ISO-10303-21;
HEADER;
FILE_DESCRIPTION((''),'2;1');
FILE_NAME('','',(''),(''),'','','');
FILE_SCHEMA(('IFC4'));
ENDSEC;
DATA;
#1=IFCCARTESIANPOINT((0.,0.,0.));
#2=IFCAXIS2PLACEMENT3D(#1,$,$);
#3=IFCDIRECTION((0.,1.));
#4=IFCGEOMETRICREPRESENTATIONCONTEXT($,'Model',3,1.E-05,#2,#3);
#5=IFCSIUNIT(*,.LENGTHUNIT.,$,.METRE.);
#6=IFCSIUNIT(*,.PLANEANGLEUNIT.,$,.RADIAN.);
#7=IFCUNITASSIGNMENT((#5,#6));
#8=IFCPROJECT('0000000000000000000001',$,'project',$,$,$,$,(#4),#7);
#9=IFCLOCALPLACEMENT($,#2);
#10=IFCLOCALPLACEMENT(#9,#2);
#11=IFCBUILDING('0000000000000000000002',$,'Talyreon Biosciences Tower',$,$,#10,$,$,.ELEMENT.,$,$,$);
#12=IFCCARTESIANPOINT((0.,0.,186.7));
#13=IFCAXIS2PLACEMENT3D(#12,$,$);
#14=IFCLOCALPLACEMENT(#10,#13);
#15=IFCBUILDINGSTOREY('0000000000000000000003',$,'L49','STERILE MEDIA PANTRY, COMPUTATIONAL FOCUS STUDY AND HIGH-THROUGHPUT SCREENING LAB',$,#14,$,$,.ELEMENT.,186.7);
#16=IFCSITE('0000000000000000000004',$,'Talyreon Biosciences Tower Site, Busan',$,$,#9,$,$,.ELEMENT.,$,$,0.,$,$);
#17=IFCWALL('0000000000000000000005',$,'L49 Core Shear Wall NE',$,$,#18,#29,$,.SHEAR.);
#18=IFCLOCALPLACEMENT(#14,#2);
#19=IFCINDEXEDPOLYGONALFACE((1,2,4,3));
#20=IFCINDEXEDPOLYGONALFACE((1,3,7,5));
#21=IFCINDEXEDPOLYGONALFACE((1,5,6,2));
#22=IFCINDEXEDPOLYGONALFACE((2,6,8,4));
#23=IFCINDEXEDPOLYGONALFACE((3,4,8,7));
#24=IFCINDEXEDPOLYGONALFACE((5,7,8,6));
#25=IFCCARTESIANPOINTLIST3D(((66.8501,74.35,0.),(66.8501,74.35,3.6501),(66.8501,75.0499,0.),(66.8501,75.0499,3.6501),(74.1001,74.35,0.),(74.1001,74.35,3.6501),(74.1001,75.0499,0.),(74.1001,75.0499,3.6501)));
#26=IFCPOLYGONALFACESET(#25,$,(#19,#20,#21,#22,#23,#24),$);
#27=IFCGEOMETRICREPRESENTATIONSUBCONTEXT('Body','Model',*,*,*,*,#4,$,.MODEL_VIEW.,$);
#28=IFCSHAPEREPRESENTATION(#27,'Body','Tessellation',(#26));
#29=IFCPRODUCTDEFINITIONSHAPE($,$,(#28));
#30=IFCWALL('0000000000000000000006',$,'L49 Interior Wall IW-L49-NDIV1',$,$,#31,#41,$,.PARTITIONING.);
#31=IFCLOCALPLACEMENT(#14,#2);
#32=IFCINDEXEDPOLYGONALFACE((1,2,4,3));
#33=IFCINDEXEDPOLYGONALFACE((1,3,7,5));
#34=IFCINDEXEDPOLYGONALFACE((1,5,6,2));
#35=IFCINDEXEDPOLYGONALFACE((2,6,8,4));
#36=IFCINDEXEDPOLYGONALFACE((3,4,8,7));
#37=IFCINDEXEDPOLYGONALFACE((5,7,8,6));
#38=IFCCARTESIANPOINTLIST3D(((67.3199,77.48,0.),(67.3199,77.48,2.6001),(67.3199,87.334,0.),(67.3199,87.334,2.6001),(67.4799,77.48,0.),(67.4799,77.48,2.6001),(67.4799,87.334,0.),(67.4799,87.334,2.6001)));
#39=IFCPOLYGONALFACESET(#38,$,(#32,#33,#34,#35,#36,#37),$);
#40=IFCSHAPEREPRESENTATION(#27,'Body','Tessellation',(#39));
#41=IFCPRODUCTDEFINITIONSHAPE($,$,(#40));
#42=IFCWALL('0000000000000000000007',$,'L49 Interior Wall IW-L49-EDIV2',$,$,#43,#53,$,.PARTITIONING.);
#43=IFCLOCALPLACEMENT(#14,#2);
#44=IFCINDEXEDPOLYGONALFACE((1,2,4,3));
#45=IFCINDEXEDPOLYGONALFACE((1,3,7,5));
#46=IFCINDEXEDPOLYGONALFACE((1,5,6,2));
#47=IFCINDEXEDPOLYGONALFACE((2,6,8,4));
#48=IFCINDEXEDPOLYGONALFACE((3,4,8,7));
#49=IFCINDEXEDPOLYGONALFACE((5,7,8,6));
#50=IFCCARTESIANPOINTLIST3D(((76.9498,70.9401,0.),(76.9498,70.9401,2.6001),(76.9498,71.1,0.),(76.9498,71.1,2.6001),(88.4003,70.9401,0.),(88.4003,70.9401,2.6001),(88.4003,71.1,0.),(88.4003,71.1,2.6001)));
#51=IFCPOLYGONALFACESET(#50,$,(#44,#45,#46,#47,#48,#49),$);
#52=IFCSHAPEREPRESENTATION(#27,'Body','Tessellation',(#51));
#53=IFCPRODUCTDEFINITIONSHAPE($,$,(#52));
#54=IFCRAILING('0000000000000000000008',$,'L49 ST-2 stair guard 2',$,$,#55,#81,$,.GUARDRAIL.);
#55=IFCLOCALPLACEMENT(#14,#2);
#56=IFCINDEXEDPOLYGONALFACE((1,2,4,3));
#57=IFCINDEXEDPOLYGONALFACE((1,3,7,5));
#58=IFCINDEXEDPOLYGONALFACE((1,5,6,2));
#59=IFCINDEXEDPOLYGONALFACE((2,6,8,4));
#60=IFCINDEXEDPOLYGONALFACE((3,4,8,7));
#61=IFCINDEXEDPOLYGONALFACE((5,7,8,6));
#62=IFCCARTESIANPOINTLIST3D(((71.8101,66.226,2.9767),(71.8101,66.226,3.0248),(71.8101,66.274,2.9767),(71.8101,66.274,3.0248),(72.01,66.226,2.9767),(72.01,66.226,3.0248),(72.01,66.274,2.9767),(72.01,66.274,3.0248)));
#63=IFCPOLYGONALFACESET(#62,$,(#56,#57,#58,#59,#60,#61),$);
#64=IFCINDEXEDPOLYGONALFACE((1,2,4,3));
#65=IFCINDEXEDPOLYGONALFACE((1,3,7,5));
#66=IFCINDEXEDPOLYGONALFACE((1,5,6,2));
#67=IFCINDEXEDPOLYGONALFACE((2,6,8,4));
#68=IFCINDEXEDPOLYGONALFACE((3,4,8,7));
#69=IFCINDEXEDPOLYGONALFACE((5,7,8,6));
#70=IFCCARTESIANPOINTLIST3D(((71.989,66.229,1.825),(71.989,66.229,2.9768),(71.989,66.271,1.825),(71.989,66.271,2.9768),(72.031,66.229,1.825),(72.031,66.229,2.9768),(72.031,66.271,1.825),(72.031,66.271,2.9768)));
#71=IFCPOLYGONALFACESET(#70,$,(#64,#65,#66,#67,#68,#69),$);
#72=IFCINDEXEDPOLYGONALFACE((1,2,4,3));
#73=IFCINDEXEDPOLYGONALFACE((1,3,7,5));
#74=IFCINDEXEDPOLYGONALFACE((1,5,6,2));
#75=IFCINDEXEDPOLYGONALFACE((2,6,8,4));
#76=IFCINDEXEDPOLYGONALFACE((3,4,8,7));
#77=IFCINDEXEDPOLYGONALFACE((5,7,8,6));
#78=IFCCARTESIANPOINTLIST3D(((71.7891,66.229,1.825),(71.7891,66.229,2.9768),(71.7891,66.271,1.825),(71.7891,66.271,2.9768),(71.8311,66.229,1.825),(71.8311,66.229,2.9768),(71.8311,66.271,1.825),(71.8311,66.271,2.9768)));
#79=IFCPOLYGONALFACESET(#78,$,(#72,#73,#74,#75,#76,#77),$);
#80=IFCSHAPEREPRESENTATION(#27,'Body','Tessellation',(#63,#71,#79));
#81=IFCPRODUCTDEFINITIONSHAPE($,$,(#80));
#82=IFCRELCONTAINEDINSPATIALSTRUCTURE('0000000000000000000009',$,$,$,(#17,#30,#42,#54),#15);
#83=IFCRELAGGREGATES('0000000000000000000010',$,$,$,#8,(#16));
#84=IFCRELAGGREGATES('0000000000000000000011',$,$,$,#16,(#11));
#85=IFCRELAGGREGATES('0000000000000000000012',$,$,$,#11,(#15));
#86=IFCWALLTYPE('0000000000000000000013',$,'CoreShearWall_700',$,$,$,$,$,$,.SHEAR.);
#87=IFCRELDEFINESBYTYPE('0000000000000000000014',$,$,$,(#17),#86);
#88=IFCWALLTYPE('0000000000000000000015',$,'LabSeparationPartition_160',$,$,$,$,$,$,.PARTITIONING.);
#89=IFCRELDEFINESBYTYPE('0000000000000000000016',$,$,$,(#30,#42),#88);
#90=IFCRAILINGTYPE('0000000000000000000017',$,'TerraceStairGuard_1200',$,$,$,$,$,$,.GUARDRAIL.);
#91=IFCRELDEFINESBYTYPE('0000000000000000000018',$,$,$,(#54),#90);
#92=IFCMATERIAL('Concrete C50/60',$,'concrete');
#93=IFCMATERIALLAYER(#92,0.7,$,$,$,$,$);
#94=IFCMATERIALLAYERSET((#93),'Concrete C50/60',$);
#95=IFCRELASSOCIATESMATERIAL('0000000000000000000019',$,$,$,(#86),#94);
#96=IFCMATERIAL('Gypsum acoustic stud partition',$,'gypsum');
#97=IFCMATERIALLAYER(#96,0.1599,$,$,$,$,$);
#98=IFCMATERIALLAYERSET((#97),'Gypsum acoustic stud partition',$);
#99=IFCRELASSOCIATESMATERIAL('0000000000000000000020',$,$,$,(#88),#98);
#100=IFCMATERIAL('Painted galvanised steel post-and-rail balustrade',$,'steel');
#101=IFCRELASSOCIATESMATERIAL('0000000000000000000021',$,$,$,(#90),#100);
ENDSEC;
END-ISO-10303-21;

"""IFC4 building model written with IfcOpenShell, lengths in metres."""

from ifc_helpers import new_model, si_unit, direction, frame, frame_2d, origin, origin_2d, place, context, subcontext, project, spatial, rectangle, extrude, material, layer, layer_set, type_object, element, save


model = new_model("IFC4")

# Units and contexts
model_context = context("Model", 3, precision=1e-05, world=origin(), true_north=direction((0.0, 1.0)))
body_context = subcontext(model_context, "Body", "Model", "MODEL_VIEW")
ifc_project = project(units=[si_unit("LENGTHUNIT", "METRE"), si_unit("PLANEANGLEUNIT", "RADIAN")], contexts=[model_context])

# Site, building, storey
site_placement = place(None, origin())
site = spatial("IfcSite", under=ifc_project, at=site_placement, Name="Talyreon Biosciences Tower Site, Busan", CompositionType="ELEMENT", RefElevation=0.0)
building_placement = place(site_placement, origin())
building = spatial("IfcBuilding", under=site, at=building_placement, Name="Talyreon Biosciences Tower", CompositionType="ELEMENT")
storey_placement = place(building_placement, frame((0.0, 0.0, 186.7)))
storey = spatial("IfcBuildingStorey", under=building, at=storey_placement, Name="L49", Description="STERILE MEDIA PANTRY, COMPUTATIONAL FOCUS STUDY AND HIGH-THROUGHPUT SCREENING LAB", CompositionType="ELEMENT", Elevation=186.7)

# Shared definitions
ifc_material_1 = material(Name="Concrete C50/60", Category="concrete")

# Walls
ifc_layer_1 = layer(ifc_material_1, 0.7)
ifc_layer_set_1 = layer_set([ifc_layer_1], Name="Concrete C50/60")
wall_type_1 = type_object("IfcWallType", Name="CoreShearWall_700", PredefinedType="SHEAR", material=ifc_layer_set_1)
wall_1_placement = place(storey_placement, frame((74.1001, 74.7, 0.0), z_axis=(0.0, 0.0, 1.0), x_axis=(-1.0, 0.0, 0.0)))
element("IfcWall", 1, at=wall_1_placement, inside=storey, type_object=wall_type_1, Name="L49 Core Shear Wall NE", PredefinedType="SHEAR", context=body_context, shape_type="SweptSolid", body=[
    extrude(rectangle(XDim=7.25, YDim=0.7, at=frame_2d((3.625, 0.0))), origin(), (0.0, 0.0, 1.0), 3.6501),
])
ifc_material_2 = material(Name="Gypsum acoustic stud partition", Category="gypsum")
ifc_layer_2 = layer(ifc_material_2, 0.1599)
ifc_layer_set_2 = layer_set([ifc_layer_2], Name="Gypsum acoustic stud partition")
wall_type_2 = type_object("IfcWallType", Name="LabSeparationPartition_160", PredefinedType="PARTITIONING", material=ifc_layer_set_2)
wall_2_placement = place(storey_placement, frame((67.3999, 77.48, 0.0), z_axis=(0.0, 0.0, 1.0), x_axis=(0.0, 1.0, 0.0)))
element("IfcWall", 2, at=wall_2_placement, inside=storey, type_object=wall_type_2, Name="L49 Interior Wall IW-L49-NDIV1", PredefinedType="PARTITIONING", context=body_context, shape_type="SweptSolid", body=[
    extrude(rectangle(XDim=9.854, YDim=0.1599, at=frame_2d((4.927, 0.0))), origin(), (0.0, 0.0, 1.0), 2.6001),
])
wall_3_placement = place(storey_placement, frame((76.95, 71.02, 0.0), z_axis=(0.0, 0.0, 1.0), x_axis=(1.0, 0.0, 0.0)))
element("IfcWall", 3, at=wall_3_placement, inside=storey, type_object=wall_type_2, Name="L49 Interior Wall IW-L49-EDIV2", PredefinedType="PARTITIONING", context=body_context, shape_type="SweptSolid", body=[
    extrude(rectangle(XDim=11.4504, YDim=0.1599, at=frame_2d((5.7251, 0.0))), origin(), (0.0, 0.0, 1.0), 2.6001),
])

# Railing
ifc_material_3 = material(Name="Painted galvanised steel post-and-rail balustrade", Category="steel")
railing_type = type_object("IfcRailingType", Name="TerraceStairGuard_1200", PredefinedType="GUARDRAIL", material=ifc_material_3)
railing_placement = place(storey_placement, frame((72.01, 66.25, 1.825)))
element("IfcRailing", 4, at=railing_placement, inside=storey, type_object=railing_type, Name="L49 ST-2 stair guard 2", PredefinedType="GUARDRAIL", context=body_context, shape_type="SweptSolid", body=[
    extrude(rectangle(XDim=0.0481, YDim=0.0481, at=origin_2d()), frame((0.0, 0.0, 1.1758), z_axis=(-1.0, 0.0, 0.0), x_axis=(0.0, -1.0, 0.0)), (0.0, 0.0, 1.0), 0.2),
    extrude(rectangle(XDim=0.042, YDim=0.042, at=origin_2d()), origin(), (0.0, 0.0, 1.0), 1.1519),
    extrude(rectangle(XDim=0.042, YDim=0.042, at=origin_2d()), frame((-0.2, 0.0, 0.0)), (0.0, 0.0, 1.0), 1.1519),
])

save(model, "model.ifc")
